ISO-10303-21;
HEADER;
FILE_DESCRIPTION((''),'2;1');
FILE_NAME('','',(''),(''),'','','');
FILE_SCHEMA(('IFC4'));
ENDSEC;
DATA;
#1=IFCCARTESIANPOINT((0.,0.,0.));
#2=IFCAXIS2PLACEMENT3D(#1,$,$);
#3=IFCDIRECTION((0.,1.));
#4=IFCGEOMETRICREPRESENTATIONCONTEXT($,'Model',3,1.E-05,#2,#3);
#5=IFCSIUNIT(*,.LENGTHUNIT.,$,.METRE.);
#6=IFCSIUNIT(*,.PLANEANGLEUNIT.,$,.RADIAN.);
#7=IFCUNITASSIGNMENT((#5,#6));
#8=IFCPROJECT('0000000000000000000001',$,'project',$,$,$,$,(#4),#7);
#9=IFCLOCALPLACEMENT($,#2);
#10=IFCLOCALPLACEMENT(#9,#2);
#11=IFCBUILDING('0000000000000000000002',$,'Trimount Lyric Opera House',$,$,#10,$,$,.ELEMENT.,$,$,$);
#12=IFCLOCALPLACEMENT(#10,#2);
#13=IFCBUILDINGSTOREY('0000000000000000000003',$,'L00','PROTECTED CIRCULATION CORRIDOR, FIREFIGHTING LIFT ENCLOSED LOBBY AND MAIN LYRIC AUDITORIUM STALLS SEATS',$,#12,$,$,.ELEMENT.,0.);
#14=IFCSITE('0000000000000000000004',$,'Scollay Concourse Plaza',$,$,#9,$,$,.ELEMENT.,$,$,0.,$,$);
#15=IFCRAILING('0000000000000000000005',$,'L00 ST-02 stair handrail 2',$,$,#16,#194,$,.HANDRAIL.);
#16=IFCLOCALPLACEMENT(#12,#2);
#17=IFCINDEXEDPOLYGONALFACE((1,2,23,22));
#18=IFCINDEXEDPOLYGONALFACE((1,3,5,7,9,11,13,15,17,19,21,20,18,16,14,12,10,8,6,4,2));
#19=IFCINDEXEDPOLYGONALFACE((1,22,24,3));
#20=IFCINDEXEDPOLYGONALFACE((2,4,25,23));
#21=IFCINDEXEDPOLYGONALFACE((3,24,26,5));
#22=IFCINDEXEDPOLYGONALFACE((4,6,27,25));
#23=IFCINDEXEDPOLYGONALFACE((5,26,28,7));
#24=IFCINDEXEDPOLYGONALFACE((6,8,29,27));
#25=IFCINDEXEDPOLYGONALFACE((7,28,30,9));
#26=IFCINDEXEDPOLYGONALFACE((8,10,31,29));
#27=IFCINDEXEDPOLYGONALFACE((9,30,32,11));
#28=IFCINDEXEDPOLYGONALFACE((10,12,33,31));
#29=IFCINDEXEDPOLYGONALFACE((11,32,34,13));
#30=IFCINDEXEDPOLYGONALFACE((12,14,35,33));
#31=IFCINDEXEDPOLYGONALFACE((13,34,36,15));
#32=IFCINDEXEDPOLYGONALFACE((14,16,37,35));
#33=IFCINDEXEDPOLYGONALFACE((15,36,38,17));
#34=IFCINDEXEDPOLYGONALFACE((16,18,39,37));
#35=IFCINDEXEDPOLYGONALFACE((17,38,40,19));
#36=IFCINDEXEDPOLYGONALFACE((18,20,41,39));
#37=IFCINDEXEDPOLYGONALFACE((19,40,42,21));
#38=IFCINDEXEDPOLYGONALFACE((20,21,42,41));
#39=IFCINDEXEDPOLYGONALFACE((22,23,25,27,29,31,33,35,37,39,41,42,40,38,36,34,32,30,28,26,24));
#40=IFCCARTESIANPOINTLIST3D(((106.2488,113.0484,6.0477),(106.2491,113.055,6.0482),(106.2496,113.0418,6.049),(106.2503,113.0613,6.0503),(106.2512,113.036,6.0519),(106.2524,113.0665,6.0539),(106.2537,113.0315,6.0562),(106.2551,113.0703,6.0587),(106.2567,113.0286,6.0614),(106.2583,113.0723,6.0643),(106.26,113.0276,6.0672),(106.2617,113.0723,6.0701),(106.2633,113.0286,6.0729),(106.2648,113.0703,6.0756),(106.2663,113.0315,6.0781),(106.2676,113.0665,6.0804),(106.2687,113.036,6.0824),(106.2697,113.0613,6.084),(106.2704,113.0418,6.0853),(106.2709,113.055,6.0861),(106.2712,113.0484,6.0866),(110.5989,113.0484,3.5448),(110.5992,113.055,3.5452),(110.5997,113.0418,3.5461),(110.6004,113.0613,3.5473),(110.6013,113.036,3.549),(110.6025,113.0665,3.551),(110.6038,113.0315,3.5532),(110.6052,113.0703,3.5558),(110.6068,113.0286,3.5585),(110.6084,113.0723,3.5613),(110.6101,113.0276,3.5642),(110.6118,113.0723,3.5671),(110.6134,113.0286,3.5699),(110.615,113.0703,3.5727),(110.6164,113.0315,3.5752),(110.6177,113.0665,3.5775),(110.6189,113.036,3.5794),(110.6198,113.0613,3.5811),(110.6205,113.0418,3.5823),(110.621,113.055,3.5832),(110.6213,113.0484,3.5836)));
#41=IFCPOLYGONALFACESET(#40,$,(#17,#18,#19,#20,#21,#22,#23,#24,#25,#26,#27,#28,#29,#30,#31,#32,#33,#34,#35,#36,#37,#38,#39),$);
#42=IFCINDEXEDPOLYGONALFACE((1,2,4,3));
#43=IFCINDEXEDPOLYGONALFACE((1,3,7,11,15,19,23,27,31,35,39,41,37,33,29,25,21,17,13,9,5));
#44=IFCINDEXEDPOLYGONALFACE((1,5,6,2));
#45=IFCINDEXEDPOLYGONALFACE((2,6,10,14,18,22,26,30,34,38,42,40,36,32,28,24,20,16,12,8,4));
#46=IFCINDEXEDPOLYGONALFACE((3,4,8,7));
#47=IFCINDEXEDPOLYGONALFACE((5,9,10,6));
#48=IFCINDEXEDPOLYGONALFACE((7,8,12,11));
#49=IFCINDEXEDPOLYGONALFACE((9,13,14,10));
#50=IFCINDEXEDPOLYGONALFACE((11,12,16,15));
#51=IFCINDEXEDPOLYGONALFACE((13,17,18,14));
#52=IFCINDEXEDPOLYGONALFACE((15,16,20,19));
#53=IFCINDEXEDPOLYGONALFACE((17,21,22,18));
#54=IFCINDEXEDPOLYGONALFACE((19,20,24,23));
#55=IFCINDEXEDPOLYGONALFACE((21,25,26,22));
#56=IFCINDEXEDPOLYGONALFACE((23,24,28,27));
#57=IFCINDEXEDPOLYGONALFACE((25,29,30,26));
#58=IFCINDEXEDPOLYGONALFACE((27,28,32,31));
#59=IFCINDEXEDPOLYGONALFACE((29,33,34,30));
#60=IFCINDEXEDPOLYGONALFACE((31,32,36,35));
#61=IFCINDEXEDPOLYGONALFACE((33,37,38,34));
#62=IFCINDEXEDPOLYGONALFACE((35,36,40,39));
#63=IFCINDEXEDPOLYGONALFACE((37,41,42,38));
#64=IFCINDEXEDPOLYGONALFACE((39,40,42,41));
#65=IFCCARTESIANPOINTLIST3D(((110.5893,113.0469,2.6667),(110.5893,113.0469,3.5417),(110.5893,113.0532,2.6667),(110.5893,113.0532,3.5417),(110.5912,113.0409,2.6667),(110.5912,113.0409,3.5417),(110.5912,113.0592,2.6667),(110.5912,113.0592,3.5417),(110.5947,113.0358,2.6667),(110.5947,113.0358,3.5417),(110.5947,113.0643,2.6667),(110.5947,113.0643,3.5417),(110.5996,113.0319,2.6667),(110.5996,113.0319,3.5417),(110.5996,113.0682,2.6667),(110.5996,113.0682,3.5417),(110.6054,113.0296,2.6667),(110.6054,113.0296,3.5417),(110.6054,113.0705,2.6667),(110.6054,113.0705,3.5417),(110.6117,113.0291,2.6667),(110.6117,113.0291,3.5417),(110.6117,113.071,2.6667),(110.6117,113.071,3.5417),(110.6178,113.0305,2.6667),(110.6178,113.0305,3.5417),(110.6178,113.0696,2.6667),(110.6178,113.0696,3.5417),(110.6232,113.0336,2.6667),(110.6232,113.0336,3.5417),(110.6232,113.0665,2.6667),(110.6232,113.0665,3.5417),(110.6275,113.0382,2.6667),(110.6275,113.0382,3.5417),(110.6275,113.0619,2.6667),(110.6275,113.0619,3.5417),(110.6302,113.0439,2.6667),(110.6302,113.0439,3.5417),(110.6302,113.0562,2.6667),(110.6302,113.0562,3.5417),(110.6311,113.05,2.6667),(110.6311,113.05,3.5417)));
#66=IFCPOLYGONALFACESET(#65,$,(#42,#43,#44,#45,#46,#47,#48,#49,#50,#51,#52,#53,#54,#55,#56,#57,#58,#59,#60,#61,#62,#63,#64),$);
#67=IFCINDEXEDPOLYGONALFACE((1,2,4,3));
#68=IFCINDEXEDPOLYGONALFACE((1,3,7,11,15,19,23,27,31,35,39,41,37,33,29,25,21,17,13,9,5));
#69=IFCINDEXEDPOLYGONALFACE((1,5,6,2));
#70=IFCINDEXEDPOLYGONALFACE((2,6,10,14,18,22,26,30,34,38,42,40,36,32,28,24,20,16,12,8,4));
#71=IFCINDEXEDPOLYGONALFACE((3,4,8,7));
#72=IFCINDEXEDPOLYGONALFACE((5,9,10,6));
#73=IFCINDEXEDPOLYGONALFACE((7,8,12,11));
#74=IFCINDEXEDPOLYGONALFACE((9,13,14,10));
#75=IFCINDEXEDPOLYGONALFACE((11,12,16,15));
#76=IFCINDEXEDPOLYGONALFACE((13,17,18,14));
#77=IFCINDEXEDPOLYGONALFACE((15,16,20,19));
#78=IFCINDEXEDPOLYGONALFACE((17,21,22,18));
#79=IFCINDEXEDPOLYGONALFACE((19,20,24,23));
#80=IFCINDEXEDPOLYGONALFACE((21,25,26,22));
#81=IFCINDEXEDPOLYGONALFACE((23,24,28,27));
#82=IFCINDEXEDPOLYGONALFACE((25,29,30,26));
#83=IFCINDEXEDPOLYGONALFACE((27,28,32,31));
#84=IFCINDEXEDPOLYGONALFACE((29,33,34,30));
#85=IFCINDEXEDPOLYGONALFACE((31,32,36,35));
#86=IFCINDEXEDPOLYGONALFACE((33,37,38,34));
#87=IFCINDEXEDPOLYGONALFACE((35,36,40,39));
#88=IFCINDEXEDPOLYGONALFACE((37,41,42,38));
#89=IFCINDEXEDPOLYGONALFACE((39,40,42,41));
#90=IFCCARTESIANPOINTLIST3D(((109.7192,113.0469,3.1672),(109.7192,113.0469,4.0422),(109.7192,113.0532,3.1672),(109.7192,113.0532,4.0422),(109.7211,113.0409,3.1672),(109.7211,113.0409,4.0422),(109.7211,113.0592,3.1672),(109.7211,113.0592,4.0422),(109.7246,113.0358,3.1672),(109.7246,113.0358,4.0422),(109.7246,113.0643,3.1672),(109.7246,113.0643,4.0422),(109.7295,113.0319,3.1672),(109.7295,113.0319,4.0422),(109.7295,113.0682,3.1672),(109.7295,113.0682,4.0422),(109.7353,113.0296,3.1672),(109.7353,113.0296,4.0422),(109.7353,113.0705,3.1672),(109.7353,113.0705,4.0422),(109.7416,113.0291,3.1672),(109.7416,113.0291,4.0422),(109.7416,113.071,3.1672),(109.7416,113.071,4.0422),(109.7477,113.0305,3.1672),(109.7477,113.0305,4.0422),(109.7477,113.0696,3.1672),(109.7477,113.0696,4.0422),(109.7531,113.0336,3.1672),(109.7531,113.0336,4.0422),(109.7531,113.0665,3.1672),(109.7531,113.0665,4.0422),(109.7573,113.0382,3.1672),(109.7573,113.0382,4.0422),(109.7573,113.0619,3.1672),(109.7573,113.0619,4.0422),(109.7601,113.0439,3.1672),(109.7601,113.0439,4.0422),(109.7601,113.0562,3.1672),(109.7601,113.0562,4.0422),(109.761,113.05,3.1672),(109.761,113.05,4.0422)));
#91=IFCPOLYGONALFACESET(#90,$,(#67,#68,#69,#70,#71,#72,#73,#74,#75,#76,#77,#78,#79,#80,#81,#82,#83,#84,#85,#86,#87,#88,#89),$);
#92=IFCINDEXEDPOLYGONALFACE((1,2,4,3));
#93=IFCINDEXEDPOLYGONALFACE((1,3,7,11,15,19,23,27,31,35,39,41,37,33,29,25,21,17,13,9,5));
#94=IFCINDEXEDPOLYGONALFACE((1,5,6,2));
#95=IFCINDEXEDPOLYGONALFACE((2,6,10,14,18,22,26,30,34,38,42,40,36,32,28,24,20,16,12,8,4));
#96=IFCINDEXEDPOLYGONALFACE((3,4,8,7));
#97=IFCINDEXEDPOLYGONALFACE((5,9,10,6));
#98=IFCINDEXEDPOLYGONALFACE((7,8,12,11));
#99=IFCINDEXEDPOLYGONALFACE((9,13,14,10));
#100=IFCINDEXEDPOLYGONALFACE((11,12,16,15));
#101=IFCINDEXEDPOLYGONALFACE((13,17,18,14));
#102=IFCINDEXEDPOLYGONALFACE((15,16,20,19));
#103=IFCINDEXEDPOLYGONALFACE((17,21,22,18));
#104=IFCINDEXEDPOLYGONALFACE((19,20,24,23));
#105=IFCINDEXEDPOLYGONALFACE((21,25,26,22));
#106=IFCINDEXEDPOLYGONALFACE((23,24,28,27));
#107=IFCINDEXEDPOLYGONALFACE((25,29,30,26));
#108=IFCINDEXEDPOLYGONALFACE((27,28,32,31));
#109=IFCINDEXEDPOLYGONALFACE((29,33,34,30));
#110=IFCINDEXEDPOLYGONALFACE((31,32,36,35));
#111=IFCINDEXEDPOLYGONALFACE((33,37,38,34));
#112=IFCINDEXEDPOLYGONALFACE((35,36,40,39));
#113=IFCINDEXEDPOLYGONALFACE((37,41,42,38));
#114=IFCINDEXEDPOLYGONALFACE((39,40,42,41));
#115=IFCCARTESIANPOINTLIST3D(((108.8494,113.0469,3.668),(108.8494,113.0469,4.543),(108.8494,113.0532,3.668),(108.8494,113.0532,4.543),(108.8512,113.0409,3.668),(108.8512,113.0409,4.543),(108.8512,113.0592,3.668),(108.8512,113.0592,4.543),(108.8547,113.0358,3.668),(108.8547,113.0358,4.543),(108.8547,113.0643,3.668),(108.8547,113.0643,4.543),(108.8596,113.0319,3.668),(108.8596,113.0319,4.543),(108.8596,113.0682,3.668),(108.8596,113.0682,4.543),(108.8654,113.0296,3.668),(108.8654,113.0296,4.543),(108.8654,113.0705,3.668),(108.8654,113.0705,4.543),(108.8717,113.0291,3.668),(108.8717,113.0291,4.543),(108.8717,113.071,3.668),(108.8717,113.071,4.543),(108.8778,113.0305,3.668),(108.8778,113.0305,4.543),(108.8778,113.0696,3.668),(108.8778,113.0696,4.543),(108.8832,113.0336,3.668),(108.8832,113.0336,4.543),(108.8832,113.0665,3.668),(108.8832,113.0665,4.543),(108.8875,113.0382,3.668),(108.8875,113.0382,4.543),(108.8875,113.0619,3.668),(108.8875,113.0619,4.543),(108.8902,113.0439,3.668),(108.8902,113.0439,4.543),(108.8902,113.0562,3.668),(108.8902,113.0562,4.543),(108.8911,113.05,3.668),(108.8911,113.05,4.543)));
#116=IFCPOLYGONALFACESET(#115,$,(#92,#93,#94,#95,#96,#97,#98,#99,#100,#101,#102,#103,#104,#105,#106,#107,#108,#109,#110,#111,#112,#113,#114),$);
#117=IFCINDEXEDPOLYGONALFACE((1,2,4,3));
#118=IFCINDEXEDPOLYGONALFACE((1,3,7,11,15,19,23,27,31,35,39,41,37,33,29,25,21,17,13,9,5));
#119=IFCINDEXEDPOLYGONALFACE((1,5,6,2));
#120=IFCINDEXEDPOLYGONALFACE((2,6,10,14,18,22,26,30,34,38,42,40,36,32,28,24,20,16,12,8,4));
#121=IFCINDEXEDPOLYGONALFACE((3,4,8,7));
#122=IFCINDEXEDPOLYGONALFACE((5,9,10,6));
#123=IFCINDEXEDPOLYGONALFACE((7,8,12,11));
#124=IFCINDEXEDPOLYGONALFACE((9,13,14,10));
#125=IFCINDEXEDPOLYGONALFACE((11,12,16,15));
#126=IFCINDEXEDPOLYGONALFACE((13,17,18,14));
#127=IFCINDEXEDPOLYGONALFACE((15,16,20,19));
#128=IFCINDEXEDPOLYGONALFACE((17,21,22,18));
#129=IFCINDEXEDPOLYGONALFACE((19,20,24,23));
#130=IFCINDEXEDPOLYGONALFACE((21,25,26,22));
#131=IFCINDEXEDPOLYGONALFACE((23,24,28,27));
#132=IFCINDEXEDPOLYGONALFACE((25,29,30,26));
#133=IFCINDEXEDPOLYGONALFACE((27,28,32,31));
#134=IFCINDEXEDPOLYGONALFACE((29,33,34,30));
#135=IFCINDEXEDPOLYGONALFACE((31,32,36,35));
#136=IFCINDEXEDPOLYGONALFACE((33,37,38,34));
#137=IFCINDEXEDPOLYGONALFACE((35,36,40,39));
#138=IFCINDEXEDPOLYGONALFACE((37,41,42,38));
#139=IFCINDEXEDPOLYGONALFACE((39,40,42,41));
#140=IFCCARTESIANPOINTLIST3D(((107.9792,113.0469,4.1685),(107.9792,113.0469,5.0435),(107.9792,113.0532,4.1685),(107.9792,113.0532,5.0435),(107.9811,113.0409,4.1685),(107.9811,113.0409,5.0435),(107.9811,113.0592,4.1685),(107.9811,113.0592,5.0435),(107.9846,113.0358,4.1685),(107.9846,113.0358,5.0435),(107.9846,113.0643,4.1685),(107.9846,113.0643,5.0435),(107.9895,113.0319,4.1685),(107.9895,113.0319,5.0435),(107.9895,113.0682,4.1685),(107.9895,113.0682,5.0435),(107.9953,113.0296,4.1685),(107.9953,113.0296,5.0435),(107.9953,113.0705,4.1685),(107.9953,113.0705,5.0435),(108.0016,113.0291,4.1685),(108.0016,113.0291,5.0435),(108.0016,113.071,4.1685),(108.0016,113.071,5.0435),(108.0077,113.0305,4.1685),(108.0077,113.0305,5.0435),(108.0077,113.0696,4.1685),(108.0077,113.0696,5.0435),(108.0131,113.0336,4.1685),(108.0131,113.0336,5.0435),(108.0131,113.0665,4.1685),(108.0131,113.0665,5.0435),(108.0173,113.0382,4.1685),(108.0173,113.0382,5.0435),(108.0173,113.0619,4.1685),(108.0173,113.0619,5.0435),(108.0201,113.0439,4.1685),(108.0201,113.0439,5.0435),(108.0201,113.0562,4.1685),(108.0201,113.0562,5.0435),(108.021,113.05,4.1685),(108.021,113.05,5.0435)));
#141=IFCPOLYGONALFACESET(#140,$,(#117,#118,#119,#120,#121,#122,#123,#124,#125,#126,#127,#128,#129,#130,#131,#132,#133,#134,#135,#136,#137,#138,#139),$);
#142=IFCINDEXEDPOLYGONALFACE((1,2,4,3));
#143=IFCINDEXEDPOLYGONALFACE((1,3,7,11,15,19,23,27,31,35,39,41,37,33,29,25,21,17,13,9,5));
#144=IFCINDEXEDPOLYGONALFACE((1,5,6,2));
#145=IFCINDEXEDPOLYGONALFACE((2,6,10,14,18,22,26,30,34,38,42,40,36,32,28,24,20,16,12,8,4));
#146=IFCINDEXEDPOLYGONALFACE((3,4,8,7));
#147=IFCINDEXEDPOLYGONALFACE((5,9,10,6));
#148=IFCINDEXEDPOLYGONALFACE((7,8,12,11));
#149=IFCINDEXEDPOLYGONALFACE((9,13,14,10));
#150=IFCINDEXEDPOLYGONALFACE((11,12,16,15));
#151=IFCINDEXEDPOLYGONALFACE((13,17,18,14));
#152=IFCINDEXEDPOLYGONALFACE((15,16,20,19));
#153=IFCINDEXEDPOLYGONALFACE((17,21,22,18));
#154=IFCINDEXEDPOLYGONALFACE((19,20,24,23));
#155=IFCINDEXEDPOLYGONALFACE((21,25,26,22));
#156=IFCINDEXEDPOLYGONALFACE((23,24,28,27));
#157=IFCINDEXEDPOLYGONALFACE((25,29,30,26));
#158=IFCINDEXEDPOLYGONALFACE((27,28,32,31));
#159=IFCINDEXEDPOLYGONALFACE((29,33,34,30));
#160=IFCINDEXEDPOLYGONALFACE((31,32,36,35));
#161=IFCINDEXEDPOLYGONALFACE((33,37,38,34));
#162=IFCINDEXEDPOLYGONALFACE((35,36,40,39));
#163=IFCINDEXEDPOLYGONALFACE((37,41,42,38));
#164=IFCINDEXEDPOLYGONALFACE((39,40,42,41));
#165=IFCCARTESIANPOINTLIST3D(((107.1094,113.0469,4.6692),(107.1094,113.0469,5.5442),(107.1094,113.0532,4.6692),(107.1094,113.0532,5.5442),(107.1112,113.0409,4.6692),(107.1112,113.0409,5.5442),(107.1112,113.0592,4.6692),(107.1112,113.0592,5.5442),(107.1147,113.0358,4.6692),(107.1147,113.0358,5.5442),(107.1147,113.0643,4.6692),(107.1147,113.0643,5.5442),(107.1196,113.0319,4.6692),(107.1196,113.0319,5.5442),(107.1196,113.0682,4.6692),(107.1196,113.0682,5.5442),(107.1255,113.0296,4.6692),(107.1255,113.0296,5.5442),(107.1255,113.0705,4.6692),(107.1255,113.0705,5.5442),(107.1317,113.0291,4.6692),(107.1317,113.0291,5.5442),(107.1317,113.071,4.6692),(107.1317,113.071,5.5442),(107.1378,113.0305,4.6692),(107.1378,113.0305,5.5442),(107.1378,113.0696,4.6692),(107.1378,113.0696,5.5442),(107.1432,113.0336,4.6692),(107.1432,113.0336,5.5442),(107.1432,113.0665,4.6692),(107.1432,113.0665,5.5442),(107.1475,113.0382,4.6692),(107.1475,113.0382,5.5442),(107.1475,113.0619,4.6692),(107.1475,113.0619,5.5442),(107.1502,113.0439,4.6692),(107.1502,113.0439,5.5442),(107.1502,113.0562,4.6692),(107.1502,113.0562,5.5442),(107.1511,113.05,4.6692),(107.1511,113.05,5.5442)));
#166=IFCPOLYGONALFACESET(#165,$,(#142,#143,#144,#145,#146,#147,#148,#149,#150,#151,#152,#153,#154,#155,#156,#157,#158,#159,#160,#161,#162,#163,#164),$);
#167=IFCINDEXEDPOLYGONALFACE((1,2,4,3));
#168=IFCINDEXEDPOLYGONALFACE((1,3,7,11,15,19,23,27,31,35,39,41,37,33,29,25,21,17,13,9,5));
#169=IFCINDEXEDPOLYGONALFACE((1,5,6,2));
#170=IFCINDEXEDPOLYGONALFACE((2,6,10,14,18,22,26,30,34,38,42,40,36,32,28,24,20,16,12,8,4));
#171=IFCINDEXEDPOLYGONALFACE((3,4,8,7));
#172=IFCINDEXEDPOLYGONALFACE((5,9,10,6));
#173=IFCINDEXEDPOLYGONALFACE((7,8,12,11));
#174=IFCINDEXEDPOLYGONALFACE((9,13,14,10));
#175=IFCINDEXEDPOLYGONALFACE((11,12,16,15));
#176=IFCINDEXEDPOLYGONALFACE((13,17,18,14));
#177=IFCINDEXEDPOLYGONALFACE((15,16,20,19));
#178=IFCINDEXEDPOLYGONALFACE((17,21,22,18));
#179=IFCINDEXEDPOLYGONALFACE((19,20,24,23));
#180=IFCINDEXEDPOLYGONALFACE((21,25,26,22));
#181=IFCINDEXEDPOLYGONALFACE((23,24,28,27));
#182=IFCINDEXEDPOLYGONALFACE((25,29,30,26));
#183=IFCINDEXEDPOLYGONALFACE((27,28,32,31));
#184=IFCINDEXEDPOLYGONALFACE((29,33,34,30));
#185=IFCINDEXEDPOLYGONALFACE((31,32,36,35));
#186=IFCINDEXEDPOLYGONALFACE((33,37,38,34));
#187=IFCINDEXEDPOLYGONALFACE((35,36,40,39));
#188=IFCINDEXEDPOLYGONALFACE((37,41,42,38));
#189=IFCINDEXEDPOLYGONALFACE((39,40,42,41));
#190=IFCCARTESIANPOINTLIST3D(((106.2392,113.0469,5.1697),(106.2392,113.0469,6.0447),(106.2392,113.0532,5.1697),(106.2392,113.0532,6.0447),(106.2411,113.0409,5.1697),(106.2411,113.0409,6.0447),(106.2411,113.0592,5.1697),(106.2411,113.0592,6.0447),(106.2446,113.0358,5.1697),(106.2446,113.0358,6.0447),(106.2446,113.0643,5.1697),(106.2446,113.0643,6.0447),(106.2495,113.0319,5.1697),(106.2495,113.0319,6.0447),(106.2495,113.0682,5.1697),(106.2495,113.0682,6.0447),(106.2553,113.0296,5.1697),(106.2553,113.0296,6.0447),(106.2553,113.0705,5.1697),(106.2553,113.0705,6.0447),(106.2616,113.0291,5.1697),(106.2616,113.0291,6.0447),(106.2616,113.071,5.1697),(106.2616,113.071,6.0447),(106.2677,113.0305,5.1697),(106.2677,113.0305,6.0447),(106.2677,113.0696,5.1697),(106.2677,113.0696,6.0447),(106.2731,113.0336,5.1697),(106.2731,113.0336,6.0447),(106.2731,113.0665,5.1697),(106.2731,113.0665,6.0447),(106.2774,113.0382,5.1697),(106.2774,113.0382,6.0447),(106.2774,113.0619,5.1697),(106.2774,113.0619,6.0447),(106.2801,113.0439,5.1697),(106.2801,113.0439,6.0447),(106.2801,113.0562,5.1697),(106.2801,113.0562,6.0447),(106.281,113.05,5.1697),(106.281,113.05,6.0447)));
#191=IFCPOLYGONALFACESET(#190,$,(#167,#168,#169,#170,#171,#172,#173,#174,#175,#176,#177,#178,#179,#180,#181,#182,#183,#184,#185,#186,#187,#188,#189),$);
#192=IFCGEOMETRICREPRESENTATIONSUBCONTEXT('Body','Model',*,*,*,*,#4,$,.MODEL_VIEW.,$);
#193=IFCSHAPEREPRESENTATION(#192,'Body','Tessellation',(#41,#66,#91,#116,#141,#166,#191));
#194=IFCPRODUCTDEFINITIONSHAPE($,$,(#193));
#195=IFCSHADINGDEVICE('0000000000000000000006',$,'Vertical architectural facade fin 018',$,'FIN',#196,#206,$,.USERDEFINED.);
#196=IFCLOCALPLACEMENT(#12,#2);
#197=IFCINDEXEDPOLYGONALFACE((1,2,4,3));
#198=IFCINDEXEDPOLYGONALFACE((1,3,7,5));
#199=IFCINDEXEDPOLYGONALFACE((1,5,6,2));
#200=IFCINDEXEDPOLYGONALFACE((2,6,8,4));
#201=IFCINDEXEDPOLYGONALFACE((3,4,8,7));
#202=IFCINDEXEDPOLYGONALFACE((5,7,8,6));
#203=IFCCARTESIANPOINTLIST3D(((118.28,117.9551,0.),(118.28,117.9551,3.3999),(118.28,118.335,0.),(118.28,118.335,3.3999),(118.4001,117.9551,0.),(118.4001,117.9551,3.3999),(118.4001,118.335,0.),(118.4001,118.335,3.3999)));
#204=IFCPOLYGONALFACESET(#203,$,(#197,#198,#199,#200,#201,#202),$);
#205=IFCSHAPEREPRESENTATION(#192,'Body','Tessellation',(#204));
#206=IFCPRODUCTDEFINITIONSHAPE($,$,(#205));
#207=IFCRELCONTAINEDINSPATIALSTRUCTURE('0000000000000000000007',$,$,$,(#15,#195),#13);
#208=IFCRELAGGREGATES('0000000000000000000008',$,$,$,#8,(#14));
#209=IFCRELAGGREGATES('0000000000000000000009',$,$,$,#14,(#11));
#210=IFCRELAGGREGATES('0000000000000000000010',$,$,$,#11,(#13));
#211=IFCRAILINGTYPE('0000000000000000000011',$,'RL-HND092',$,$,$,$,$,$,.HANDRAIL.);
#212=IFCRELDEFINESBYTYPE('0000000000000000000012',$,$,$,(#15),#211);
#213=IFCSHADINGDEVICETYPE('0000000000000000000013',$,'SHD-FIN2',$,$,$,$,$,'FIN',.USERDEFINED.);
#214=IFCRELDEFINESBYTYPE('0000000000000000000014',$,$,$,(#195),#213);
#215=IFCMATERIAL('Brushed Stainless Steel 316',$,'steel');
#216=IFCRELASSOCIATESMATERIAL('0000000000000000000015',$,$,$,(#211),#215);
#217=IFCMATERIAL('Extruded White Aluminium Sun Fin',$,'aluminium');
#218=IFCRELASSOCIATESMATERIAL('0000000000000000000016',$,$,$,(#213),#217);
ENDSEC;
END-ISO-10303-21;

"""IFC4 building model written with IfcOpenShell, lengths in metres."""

from ifc_helpers import new_model, si_unit, direction, frame, origin, origin_2d, place, context, subcontext, project, spatial, rectangle, circle, extrude, material, type_object, element, save


model = new_model("IFC4")

# Units and contexts
model_context = context("Model", 3, precision=1e-05, world=origin(), true_north=direction((0.0, 1.0)))
body_context = subcontext(model_context, "Body", "Model", "MODEL_VIEW")
ifc_project = project(units=[si_unit("LENGTHUNIT", "METRE"), si_unit("PLANEANGLEUNIT", "RADIAN")], contexts=[model_context])

# Site, building, storey
site_placement = place(None, origin())
site = spatial("IfcSite", under=ifc_project, at=site_placement, Name="Scollay Concourse Plaza", CompositionType="ELEMENT", RefElevation=0.0)
building_placement = place(site_placement, origin())
building = spatial("IfcBuilding", under=site, at=building_placement, Name="Trimount Lyric Opera House", CompositionType="ELEMENT")
storey_placement = place(building_placement, origin())
storey = spatial("IfcBuildingStorey", under=building, at=storey_placement, Name="L00", Description="PROTECTED CIRCULATION CORRIDOR, FIREFIGHTING LIFT ENCLOSED LOBBY AND MAIN LYRIC AUDITORIUM STALLS SEATS", CompositionType="ELEMENT", Elevation=0.0)

# Railing
ifc_material_1 = material(Name="Brushed Stainless Steel 316", Category="steel")
railing_type_1 = type_object("IfcRailingType", Name="RL-HND092", PredefinedType="HANDRAIL", material=ifc_material_1)
railing_1_placement = place(storey_placement, frame((110.6101, 113.05, 2.6667)))
element("IfcRailing", 1, at=railing_1_placement, inside=storey, type_object=railing_type_1, Name="L00 ST-02 stair handrail 2", PredefinedType="HANDRAIL", context=body_context, shape_type="SweptSolid", body=[
    extrude(circle(Radius=0.0225, at=origin_2d()), frame((0.0, 0.0, 0.8975), z_axis=(-0.866766, 0.0, 0.498714), x_axis=(0.0, -1.0, 0.0)), (0.0, 0.0, 1.0), 5.0188),
    extrude(circle(Radius=0.021, at=origin_2d()), origin(), (0.0, 0.0, 1.0), 0.875),
    extrude(circle(Radius=0.021, at=origin_2d()), frame((-0.8701, 0.0, 0.5005)), (0.0, 0.0, 1.0), 0.875),
    extrude(circle(Radius=0.021, at=origin_2d()), frame((-1.74, 0.0, 1.0012)), (0.0, 0.0, 1.0), 0.875),
    extrude(circle(Radius=0.021, at=origin_2d()), frame((-2.6101, 0.0, 1.5017)), (0.0, 0.0, 1.0), 0.875),
    extrude(circle(Radius=0.021, at=origin_2d()), frame((-3.48, 0.0, 2.0024)), (0.0, 0.0, 1.0), 0.875),
    extrude(circle(Radius=0.021, at=origin_2d()), frame((-4.3501, 0.0, 2.5029)), (0.0, 0.0, 1.0), 0.875),
])

# Shading device
ifc_material_2 = material(Name="Extruded White Aluminium Sun Fin", Category="aluminium")
shading_device_type = type_object("IfcShadingDeviceType", Name="SHD-FIN2", ElementType="FIN", PredefinedType="USERDEFINED", material=ifc_material_2)
shading_device_placement = place(storey_placement, frame((118.3401, 118.145, 0.0), z_axis=(0.0, 0.0, 1.0), x_axis=(1.0, 0.0, 0.0)))
element("IfcShadingDevice", 2, at=shading_device_placement, inside=storey, type_object=shading_device_type, Name="Vertical architectural facade fin 018", ObjectType="FIN", PredefinedType="USERDEFINED", context=body_context, shape_type="SweptSolid", body=[
    extrude(rectangle(XDim=0.1201, YDim=0.3799, at=origin_2d()), origin(), (0.0, 0.0, 1.0), 3.3999),
])

save(model, "model.ifc")
